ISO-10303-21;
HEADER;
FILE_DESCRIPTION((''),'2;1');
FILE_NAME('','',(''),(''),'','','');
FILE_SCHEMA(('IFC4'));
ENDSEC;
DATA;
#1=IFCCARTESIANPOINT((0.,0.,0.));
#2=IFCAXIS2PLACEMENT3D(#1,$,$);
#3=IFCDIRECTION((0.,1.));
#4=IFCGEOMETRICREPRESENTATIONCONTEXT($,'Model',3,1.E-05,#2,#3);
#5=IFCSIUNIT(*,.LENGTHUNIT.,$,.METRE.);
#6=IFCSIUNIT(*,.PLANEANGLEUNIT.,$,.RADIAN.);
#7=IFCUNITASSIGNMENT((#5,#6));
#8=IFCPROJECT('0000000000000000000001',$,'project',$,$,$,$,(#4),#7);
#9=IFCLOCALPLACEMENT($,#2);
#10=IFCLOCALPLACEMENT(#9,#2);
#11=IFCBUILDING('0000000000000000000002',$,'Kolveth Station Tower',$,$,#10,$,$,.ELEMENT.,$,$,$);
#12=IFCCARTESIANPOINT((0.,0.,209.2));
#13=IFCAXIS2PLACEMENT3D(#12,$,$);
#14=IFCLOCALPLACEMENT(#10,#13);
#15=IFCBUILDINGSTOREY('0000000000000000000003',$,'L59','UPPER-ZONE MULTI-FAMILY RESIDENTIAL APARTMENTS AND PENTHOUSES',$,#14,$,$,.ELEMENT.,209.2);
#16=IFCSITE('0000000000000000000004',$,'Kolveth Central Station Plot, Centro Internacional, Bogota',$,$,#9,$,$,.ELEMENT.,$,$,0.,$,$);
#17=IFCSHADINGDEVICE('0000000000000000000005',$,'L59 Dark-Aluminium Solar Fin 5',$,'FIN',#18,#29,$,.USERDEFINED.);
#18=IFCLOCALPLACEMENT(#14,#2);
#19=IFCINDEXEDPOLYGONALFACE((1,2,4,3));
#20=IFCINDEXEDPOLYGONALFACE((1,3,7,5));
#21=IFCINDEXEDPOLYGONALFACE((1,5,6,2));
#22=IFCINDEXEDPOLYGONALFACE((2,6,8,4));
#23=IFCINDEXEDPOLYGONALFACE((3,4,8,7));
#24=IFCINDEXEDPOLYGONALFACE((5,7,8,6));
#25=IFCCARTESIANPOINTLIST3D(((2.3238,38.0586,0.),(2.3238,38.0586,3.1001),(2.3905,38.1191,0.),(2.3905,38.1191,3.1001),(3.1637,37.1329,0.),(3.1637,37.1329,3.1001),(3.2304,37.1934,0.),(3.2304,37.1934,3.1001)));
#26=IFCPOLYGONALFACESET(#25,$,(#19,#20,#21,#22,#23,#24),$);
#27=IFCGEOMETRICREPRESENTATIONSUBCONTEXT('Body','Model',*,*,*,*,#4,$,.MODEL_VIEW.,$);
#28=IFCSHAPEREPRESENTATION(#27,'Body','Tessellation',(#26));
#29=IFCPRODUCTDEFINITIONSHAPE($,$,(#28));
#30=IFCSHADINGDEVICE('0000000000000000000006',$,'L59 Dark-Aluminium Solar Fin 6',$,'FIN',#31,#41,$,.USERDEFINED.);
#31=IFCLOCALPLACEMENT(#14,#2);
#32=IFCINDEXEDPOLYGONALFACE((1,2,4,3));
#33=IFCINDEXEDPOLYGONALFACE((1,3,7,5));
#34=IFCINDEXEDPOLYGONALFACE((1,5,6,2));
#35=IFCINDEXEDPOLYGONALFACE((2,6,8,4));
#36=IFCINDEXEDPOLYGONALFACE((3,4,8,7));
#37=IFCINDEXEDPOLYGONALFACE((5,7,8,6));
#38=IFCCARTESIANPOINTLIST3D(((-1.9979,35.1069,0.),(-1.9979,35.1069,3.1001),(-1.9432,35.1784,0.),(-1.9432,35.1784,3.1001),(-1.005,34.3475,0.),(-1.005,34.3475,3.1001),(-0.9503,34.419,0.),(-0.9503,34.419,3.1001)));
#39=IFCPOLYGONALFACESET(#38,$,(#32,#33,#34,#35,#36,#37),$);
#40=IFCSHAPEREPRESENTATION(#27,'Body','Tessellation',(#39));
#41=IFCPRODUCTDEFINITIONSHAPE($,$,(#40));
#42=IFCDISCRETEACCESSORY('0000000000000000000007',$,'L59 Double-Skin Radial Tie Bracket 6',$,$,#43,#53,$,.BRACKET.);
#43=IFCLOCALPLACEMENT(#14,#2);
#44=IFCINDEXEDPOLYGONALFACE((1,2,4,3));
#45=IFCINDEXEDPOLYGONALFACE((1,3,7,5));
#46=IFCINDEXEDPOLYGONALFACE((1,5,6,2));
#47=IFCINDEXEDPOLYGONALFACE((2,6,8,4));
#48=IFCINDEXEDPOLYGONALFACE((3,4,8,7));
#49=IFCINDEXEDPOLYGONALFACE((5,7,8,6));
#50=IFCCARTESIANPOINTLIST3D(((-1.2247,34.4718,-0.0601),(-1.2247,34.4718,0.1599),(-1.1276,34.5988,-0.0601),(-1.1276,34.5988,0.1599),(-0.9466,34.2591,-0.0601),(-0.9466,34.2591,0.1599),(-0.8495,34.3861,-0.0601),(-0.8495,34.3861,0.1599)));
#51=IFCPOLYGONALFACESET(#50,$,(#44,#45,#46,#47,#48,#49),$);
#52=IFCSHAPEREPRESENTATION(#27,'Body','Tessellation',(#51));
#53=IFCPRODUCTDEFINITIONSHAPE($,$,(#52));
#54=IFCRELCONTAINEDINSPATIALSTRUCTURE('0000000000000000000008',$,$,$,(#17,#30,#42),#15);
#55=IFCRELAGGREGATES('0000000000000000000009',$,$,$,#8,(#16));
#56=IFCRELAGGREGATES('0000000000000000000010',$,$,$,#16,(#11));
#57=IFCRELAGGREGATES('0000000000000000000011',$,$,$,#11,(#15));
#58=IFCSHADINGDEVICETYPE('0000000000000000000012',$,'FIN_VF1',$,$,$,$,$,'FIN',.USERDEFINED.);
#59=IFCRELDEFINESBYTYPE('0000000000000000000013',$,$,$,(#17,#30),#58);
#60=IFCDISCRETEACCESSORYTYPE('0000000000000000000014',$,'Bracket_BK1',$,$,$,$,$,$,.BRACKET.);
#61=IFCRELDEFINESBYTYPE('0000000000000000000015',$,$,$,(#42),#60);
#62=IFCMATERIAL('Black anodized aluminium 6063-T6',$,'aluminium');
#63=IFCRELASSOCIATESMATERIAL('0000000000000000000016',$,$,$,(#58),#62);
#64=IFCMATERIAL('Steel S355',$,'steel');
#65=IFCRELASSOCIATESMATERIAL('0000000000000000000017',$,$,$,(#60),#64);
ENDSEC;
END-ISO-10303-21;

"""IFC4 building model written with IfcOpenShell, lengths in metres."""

from ifc_helpers import new_model, si_unit, direction, frame, origin, origin_2d, place, context, subcontext, project, spatial, rectangle, extrude, source, transform, mapped, material, type_object, element, save


model = new_model("IFC4")

# Units and contexts
model_context = context("Model", 3, precision=1e-05, world=origin(), true_north=direction((0.0, 1.0)))
body_context = subcontext(model_context, "Body", "Model", "MODEL_VIEW")
ifc_project = project(units=[si_unit("LENGTHUNIT", "METRE"), si_unit("PLANEANGLEUNIT", "RADIAN")], contexts=[model_context])

# Site, building, storey
site_placement = place(None, origin())
site = spatial("IfcSite", under=ifc_project, at=site_placement, Name="Kolveth Central Station Plot, Centro Internacional, Bogota", CompositionType="ELEMENT", RefElevation=0.0)
building_placement = place(site_placement, origin())
building = spatial("IfcBuilding", under=site, at=building_placement, Name="Kolveth Station Tower", CompositionType="ELEMENT")
storey_placement = place(building_placement, frame((0.0, 0.0, 209.2)))
storey = spatial("IfcBuildingStorey", under=building, at=storey_placement, Name="L59", Description="UPPER-ZONE MULTI-FAMILY RESIDENTIAL APARTMENTS AND PENTHOUSES", CompositionType="ELEMENT", Elevation=209.2)

# Shared definitions
ifc_material_1 = material(Name="Black anodized aluminium 6063-T6", Category="aluminium")

# Shading devices
shading_device_type = type_object("IfcShadingDeviceType", Name="FIN_VF1", ElementType="FIN", PredefinedType="USERDEFINED", material=ifc_material_1)
shared_shape_1 = source(origin(), body_context, "Body", "SweptSolid", [
    extrude(rectangle(XDim=1.25, YDim=0.0901, at=origin_2d()), origin(), (0.0, 0.0, 1.0), 3.1001),
])
for number, where, z_axis, x_axis, name in (
    (1, (2.7771, 37.626, 0.0), (0.0, 0.0, 1.0), (-0.671979, 0.74057, 0.0), "L59 Dark-Aluminium Solar Fin 5"),
    (2, (-1.4741, 34.7629, 0.0), (0.0, 0.0, 1.0), (-0.794309, 0.607514, 0.0), "L59 Dark-Aluminium Solar Fin 6"),
):
    element("IfcShadingDevice", number, at=place(storey_placement, frame(where, z_axis=z_axis, x_axis=x_axis)), inside=storey, type_object=shading_device_type, Name=name, ObjectType="FIN", PredefinedType="USERDEFINED", context=body_context, shape_type="MappedRepresentation", body=[
        mapped(shared_shape_1, transform((0.0, 0.0, 0.0), x_axis=(1.0, 0.0, 0.0), y_axis=(0.0, 1.0, 0.0), z_axis=(0.0, 0.0, 1.0), scale=1.0)),
    ])

# Discrete accessory
ifc_material_2 = material(Name="Steel S355", Category="steel")
discrete_accessory_type = type_object("IfcDiscreteAccessoryType", Name="Bracket_BK1", PredefinedType="BRACKET", material=ifc_material_2)
shared_shape_2 = source(origin(), body_context, "Body", "SweptSolid", [
    extrude(rectangle(XDim=0.3501, YDim=0.1599, at=origin_2d()), origin(), (0.0, 0.0, 1.0), 0.22),
])
discrete_accessory_placement = place(storey_placement, frame((-1.0371, 34.429, -0.0601), z_axis=(0.0, 0.0, 1.0), x_axis=(-0.794309, 0.607514, 0.0)))
element("IfcDiscreteAccessory", 3, at=discrete_accessory_placement, inside=storey, type_object=discrete_accessory_type, Name="L59 Double-Skin Radial Tie Bracket 6", PredefinedType="BRACKET", context=body_context, shape_type="MappedRepresentation", body=[
    mapped(shared_shape_2, transform((0.0, 0.0, 0.0), x_axis=(1.0, 0.0, 0.0), y_axis=(0.0, 1.0, 0.0), z_axis=(0.0, 0.0, 1.0), scale=1.0)),
])

save(model, "model.ifc")
